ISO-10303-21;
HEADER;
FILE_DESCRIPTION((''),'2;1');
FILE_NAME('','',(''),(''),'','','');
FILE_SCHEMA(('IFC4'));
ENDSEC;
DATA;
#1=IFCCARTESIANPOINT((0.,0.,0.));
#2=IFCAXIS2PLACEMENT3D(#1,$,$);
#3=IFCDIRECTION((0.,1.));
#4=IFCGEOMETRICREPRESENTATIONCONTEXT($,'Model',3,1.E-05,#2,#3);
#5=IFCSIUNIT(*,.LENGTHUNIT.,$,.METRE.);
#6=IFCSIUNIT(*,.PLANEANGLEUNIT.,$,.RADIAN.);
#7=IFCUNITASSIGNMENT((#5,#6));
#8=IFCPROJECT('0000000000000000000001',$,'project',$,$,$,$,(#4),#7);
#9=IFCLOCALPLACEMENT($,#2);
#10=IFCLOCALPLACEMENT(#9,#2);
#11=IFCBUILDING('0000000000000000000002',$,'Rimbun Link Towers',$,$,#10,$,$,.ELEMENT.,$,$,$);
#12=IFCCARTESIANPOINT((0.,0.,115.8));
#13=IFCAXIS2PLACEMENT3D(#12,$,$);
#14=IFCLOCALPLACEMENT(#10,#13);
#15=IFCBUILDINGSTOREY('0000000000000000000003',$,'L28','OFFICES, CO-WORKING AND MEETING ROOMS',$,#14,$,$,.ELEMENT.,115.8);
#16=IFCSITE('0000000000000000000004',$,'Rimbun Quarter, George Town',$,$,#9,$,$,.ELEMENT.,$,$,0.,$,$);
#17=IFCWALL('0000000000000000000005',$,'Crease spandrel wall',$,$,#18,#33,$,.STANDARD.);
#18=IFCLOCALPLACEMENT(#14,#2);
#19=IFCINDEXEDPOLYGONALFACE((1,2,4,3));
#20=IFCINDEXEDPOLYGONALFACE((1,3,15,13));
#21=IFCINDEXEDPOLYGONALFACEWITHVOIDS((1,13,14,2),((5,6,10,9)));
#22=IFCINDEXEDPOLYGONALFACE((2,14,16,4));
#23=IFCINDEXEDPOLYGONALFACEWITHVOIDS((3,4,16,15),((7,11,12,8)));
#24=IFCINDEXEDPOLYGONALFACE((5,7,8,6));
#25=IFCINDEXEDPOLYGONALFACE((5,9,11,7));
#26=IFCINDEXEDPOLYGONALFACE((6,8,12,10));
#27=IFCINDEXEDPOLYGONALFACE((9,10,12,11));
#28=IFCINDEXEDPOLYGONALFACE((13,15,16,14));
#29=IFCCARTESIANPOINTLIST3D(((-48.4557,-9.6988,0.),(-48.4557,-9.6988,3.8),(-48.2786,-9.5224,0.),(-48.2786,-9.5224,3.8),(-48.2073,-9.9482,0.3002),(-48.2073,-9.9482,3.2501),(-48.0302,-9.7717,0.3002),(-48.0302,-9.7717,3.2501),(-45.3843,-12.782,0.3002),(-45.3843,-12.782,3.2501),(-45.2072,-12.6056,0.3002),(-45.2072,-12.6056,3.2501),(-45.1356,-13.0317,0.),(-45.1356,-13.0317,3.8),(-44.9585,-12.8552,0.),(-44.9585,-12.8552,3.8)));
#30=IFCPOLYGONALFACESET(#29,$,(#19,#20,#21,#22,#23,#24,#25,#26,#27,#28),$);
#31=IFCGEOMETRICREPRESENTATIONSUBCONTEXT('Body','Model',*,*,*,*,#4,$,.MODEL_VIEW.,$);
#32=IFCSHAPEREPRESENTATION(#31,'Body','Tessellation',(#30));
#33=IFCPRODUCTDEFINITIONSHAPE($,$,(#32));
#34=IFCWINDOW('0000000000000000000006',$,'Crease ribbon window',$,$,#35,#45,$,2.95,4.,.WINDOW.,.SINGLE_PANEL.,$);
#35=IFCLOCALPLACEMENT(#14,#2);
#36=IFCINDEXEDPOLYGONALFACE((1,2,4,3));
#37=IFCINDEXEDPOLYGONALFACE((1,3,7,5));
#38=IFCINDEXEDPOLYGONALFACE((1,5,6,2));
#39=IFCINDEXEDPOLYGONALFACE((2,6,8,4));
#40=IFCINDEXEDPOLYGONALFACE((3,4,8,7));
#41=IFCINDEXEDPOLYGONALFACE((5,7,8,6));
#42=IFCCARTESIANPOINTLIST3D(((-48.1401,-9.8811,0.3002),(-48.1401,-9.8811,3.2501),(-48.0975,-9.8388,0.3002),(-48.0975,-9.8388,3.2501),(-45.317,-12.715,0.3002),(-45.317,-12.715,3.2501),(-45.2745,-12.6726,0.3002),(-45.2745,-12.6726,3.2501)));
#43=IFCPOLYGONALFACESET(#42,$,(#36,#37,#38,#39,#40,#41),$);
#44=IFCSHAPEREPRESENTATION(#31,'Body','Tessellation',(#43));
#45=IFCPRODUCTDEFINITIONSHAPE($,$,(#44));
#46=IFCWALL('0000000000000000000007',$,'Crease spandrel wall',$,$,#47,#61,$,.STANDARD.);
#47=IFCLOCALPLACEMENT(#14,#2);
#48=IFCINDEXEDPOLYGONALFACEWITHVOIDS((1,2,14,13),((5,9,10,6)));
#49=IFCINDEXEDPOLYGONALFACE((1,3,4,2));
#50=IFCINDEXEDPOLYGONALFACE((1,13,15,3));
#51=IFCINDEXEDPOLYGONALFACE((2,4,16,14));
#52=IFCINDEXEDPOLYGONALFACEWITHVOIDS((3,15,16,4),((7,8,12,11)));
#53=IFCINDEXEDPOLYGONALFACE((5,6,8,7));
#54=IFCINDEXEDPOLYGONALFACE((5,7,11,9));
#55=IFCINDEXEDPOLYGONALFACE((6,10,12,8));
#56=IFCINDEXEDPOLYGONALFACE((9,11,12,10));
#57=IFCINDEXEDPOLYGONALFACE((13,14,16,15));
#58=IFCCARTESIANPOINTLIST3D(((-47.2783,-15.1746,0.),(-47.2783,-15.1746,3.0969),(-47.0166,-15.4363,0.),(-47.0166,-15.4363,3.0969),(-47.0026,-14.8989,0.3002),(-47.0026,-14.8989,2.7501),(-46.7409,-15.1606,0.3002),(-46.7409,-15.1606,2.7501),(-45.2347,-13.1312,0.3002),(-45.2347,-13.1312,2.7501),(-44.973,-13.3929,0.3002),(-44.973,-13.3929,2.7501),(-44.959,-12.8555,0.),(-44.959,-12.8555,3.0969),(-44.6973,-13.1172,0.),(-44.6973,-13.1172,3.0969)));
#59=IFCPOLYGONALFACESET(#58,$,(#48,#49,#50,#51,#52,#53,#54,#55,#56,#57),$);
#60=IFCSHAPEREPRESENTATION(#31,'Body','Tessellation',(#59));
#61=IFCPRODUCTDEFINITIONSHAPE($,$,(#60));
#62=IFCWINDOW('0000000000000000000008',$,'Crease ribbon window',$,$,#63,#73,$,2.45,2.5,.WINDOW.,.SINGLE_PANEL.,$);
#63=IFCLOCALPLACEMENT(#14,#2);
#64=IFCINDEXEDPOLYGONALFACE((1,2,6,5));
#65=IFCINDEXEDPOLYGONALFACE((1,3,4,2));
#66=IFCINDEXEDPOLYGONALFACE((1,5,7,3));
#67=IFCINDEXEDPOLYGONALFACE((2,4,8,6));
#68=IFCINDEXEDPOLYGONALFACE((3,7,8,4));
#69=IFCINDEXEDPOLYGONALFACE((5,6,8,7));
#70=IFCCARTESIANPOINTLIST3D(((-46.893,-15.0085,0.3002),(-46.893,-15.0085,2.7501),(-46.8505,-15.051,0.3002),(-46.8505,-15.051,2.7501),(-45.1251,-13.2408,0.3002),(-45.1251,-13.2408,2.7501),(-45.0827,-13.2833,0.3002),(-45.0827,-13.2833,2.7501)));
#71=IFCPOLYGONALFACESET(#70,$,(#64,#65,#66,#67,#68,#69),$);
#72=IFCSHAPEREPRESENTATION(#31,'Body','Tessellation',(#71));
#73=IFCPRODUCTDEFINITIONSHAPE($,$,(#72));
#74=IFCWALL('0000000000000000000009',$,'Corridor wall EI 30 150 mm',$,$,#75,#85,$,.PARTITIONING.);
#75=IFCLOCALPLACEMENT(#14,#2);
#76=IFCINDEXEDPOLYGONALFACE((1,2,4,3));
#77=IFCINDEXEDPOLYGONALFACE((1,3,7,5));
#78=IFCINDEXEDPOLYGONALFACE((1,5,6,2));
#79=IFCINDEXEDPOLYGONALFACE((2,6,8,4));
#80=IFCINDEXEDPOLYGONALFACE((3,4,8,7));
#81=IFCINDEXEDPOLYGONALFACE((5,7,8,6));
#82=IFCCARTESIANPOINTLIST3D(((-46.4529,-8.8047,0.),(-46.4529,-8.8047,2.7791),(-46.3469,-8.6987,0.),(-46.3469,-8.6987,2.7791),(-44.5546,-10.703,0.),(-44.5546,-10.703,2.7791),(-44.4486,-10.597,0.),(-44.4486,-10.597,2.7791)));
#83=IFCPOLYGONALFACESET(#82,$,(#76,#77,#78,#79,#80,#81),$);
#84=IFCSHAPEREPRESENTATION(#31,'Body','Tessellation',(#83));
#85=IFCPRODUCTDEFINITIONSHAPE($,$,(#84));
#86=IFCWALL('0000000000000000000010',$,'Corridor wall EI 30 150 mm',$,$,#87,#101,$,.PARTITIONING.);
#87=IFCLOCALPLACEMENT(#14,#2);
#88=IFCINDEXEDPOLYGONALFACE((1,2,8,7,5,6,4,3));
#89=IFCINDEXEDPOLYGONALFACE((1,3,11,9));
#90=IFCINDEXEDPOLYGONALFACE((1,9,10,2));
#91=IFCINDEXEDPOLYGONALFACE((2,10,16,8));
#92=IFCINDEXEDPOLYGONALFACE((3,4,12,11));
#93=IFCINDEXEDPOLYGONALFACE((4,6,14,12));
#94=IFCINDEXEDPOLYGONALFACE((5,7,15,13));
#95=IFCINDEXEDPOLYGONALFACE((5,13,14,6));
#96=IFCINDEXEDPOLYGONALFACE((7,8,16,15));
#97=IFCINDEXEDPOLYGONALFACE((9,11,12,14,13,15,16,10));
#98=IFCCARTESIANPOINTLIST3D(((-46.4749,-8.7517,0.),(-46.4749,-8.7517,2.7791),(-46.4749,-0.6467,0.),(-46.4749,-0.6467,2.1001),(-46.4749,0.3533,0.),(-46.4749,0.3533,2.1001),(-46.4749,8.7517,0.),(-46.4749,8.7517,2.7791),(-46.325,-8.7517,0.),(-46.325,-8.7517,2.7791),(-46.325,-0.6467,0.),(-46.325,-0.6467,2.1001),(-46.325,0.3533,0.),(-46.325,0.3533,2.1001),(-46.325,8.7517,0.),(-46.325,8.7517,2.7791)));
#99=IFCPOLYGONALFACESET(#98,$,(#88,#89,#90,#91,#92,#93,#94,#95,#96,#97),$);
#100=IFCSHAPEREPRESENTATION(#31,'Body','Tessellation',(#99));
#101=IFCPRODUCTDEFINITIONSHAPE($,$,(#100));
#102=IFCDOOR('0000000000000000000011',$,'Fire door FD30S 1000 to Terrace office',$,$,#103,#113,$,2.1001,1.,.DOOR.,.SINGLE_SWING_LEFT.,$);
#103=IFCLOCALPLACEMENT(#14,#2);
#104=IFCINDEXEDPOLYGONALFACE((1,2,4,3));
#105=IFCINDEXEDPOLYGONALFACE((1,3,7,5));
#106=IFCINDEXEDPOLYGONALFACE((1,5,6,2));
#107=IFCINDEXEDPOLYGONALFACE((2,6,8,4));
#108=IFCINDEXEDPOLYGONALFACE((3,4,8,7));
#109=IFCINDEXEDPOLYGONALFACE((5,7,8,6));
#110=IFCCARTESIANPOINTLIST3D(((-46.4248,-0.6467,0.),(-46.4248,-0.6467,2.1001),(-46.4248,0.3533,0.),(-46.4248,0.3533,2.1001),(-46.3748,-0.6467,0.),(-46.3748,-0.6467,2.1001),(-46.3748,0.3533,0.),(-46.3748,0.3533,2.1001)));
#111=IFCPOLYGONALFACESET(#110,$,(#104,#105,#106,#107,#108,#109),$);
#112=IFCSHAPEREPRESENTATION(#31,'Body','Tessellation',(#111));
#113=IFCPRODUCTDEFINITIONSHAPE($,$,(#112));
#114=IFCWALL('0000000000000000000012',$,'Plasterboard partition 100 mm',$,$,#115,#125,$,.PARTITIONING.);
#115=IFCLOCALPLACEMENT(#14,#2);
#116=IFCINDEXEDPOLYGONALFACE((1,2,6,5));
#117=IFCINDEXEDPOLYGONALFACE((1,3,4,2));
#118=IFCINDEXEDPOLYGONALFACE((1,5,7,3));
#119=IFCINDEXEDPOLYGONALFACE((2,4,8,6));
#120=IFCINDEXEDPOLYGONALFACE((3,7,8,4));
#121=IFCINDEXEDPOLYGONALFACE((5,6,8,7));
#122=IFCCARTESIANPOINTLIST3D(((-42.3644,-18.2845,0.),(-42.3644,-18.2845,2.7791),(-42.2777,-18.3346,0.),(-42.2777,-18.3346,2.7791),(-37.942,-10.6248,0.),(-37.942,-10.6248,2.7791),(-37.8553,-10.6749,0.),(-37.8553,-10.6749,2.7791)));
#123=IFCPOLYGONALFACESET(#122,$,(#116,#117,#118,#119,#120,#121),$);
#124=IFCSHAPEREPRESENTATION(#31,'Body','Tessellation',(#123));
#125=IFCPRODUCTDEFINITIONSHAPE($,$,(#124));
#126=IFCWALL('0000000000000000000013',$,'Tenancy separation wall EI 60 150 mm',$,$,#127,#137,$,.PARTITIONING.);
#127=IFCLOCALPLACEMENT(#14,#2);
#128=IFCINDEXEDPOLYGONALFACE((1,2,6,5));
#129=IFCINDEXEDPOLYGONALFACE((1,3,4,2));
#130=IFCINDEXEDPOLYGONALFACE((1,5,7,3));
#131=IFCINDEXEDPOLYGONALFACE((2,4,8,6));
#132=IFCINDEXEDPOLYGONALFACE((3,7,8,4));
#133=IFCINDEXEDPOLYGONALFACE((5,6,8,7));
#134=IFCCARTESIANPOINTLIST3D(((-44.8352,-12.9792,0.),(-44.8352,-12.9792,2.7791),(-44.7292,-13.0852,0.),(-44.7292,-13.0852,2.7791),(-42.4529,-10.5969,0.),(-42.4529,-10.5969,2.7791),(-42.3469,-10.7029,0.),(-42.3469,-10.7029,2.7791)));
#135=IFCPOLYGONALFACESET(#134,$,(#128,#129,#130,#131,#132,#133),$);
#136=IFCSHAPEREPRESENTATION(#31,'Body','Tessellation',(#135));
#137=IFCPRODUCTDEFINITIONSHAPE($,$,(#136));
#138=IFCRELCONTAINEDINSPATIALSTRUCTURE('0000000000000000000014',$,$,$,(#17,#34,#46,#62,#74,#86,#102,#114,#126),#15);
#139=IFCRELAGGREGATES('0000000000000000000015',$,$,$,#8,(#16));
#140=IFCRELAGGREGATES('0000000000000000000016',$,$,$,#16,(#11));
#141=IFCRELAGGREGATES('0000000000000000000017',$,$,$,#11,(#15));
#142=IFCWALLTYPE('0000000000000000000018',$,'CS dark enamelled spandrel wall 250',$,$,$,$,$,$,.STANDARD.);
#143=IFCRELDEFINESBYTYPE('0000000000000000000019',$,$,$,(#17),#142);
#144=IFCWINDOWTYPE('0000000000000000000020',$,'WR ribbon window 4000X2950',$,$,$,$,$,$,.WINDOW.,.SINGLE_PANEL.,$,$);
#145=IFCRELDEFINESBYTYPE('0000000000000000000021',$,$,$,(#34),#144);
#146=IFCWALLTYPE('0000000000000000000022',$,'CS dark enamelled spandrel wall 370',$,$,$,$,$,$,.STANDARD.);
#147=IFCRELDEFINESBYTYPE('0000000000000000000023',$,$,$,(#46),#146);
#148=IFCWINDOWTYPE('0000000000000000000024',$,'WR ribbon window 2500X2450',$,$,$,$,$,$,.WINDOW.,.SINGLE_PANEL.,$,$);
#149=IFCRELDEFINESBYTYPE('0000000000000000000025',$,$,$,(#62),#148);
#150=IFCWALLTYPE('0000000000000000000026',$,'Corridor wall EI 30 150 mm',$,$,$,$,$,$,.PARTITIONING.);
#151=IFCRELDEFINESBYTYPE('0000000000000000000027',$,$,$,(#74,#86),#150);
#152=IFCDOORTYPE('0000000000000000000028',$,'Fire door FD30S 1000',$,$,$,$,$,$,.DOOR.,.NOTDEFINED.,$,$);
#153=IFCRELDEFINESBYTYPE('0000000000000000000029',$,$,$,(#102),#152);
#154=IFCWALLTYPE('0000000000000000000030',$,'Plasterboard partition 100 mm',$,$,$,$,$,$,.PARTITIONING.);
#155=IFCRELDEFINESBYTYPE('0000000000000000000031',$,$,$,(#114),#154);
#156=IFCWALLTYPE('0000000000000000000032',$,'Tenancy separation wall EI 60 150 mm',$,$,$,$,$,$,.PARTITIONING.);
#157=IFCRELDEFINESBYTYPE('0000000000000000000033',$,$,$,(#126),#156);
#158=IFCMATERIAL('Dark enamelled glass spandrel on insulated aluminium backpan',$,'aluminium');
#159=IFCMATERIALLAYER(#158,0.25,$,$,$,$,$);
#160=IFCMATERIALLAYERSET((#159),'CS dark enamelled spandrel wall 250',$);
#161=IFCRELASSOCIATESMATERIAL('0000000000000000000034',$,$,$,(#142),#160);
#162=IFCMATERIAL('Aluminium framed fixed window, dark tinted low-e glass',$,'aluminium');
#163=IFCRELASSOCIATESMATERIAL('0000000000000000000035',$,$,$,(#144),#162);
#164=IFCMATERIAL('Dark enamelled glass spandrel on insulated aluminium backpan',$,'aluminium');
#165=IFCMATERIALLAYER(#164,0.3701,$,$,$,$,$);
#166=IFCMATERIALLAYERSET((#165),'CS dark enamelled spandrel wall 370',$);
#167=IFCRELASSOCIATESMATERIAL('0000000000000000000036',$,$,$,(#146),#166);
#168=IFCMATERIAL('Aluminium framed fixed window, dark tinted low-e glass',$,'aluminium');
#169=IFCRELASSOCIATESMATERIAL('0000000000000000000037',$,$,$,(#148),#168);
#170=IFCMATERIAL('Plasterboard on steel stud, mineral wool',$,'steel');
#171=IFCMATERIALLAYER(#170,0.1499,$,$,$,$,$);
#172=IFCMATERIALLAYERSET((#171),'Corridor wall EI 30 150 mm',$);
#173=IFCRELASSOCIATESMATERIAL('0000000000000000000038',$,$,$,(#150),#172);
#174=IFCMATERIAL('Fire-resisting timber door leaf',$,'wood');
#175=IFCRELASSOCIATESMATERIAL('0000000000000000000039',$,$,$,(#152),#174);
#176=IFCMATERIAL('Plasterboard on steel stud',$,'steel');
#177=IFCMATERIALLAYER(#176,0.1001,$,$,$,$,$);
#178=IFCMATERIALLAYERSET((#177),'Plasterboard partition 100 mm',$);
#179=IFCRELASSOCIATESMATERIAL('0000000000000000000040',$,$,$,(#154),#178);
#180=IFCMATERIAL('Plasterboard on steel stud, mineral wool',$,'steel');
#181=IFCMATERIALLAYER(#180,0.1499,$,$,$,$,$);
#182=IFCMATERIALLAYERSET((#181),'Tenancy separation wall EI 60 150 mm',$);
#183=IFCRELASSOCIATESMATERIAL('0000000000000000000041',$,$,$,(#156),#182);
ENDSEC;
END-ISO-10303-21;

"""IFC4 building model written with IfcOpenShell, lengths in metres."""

from ifc_helpers import new_model, si_unit, direction, frame, frame_2d, origin, place, context, subcontext, project, spatial, rectangle, extrude, material, layer, layer_set, type_object, element, fill, save


model = new_model("IFC4")

# Units and contexts
model_context = context("Model", 3, precision=1e-05, world=origin(), true_north=direction((0.0, 1.0)))
body_context = subcontext(model_context, "Body", "Model", "MODEL_VIEW")
ifc_project = project(units=[si_unit("LENGTHUNIT", "METRE"), si_unit("PLANEANGLEUNIT", "RADIAN")], contexts=[model_context])

# Site, building, storey
site_placement = place(None, origin())
site = spatial("IfcSite", under=ifc_project, at=site_placement, Name="Rimbun Quarter, George Town", CompositionType="ELEMENT", RefElevation=0.0)
building_placement = place(site_placement, origin())
building = spatial("IfcBuilding", under=site, at=building_placement, Name="Rimbun Link Towers", CompositionType="ELEMENT")
storey_placement = place(building_placement, frame((0.0, 0.0, 115.8)))
storey = spatial("IfcBuildingStorey", under=building, at=storey_placement, Name="L28", Description="OFFICES, CO-WORKING AND MEETING ROOMS", CompositionType="ELEMENT", Elevation=115.8)

# Walls, openings, windows
ifc_material_1 = material(Name="Dark enamelled glass spandrel on insulated aluminium backpan", Category="aluminium")
ifc_layer_1 = layer(ifc_material_1, 0.25)
ifc_layer_set_1 = layer_set([ifc_layer_1], Name="CS dark enamelled spandrel wall 250")
wall_type_1 = type_object("IfcWallType", Name="CS dark enamelled spandrel wall 250", PredefinedType="STANDARD", material=ifc_layer_set_1)
wall_1_placement = place(storey_placement, frame((-45.0471, -12.9434, 0.0), z_axis=(0.0, 0.0, 1.0), x_axis=(-0.705756, 0.708455, 0.0)))
wall_1 = element("IfcWall", 1, at=wall_1_placement, inside=storey, type_object=wall_type_1, Name="Crease spandrel wall", PredefinedType="STANDARD", context=body_context, shape_type="SweptSolid", body=[
    extrude(rectangle(XDim=4.7043, YDim=0.25, at=frame_2d((2.3521, 0.0))), origin(), (0.0, 0.0, 1.0), 3.8),
])
opening_1_placement = place(wall_1_placement, frame((0.3523, 0.0, 0.3)))
opening_1 = element("IfcOpeningElement", 2, at=opening_1_placement, cuts=wall_1, PredefinedType="OPENING", context=body_context, shape_type="SweptSolid", body=[
    extrude(rectangle(XDim=4.0, YDim=2.95, at=frame_2d((2.0, 1.4751))), frame((0.0, 0.135, 0.0), z_axis=(0.0, -1.0, 0.0), x_axis=(1.0, 0.0, 0.0)), (0.0, 0.0, 1.0), 0.27),
])
ifc_material_2 = material(Name="Aluminium framed fixed window, dark tinted low-e glass", Category="aluminium")
window_type_1 = type_object("IfcWindowType", Name="WR ribbon window 4000X2950", PartitioningType="SINGLE_PANEL", PredefinedType="WINDOW", material=ifc_material_2)
window_1_placement = place(opening_1_placement, origin())
window_1 = element("IfcWindow", 3, at=window_1_placement, inside=storey, type_object=window_type_1, Name="Crease ribbon window", OverallHeight=2.95, OverallWidth=4.0, PartitioningType="SINGLE_PANEL", PredefinedType="WINDOW", context=body_context, shape_type="SweptSolid", body=[
    extrude(rectangle(XDim=4.0, YDim=2.95, at=frame_2d((2.0, 1.4751))), frame((0.0, 0.03, 0.0), z_axis=(0.0, -1.0, 0.0), x_axis=(1.0, 0.0, 0.0)), (0.0, 0.0, 1.0), 0.0601),
])
fill(opening_1, window_1)
ifc_material_3 = material(Name="Dark enamelled glass spandrel on insulated aluminium backpan", Category="aluminium")
ifc_layer_2 = layer(ifc_material_3, 0.3701)
ifc_layer_set_2 = layer_set([ifc_layer_2], Name="CS dark enamelled spandrel wall 370")
wall_type_2 = type_object("IfcWallType", Name="CS dark enamelled spandrel wall 370", PredefinedType="STANDARD", material=ifc_layer_set_2)
wall_2_placement = place(storey_placement, frame((-47.1475, -15.3054, 0.0), z_axis=(0.0, 0.0, 1.0), x_axis=(0.707144, 0.70707, 0.0)))
wall_2 = element("IfcWall", 4, at=wall_2_placement, inside=storey, type_object=wall_type_2, Name="Crease spandrel wall", PredefinedType="STANDARD", context=body_context, shape_type="SweptSolid", body=[
    extrude(rectangle(XDim=3.2798, YDim=0.3701, at=frame_2d((1.6399, 0.0))), origin(), (0.0, 0.0, 1.0), 3.0969),
])
opening_2_placement = place(wall_2_placement, frame((0.3899, 0.0, 0.3)))
opening_2 = element("IfcOpeningElement", 5, at=opening_2_placement, cuts=wall_2, PredefinedType="OPENING", context=body_context, shape_type="SweptSolid", body=[
    extrude(rectangle(XDim=2.5, YDim=2.45, at=frame_2d((1.25, 1.2251))), frame((0.0, 0.1951, 0.0), z_axis=(0.0, -1.0, 0.0), x_axis=(1.0, 0.0, 0.0)), (0.0, 0.0, 1.0), 0.3901),
])
ifc_material_4 = material(Name="Aluminium framed fixed window, dark tinted low-e glass", Category="aluminium")
window_type_2 = type_object("IfcWindowType", Name="WR ribbon window 2500X2450", PartitioningType="SINGLE_PANEL", PredefinedType="WINDOW", material=ifc_material_4)
window_2_placement = place(opening_2_placement, origin())
window_2 = element("IfcWindow", 6, at=window_2_placement, inside=storey, type_object=window_type_2, Name="Crease ribbon window", OverallHeight=2.45, OverallWidth=2.5, PartitioningType="SINGLE_PANEL", PredefinedType="WINDOW", context=body_context, shape_type="SweptSolid", body=[
    extrude(rectangle(XDim=2.5, YDim=2.45, at=frame_2d((1.25, 1.2251))), frame((0.0, 0.03, 0.0), z_axis=(0.0, -1.0, 0.0), x_axis=(1.0, 0.0, 0.0)), (0.0, 0.0, 1.0), 0.0601),
])
fill(opening_2, window_2)

# Wall
ifc_material_5 = material(Name="Plasterboard on steel stud, mineral wool", Category="steel")
ifc_layer_3 = layer(ifc_material_5, 0.1499)
ifc_layer_set_3 = layer_set([ifc_layer_3], Name="Corridor wall EI 30 150 mm")
wall_type_3 = type_object("IfcWallType", Name="Corridor wall EI 30 150 mm", PredefinedType="PARTITIONING", material=ifc_layer_set_3)
wall_3_placement = place(storey_placement, frame((-46.3999, -8.7517, 0.0), z_axis=(0.0, 0.0, 1.0), x_axis=(0.707107, -0.707107, 0.0)))
element("IfcWall", 7, at=wall_3_placement, inside=storey, type_object=wall_type_3, Name="Corridor wall EI 30 150 mm", PredefinedType="PARTITIONING", context=body_context, shape_type="SweptSolid", body=[
    extrude(rectangle(XDim=2.6846, YDim=0.1499, at=frame_2d((1.3423, 0.0))), origin(), (0.0, 0.0, 1.0), 2.7791),
])

# Wall, opening, door
wall_4_placement = place(storey_placement, frame((-46.3999, -8.7517, 0.0), z_axis=(0.0, 0.0, 1.0), x_axis=(0.0, 1.0, 0.0)))
wall_4 = element("IfcWall", 8, at=wall_4_placement, inside=storey, type_object=wall_type_3, Name="Corridor wall EI 30 150 mm", PredefinedType="PARTITIONING", context=body_context, shape_type="SweptSolid", body=[
    extrude(rectangle(XDim=17.5034, YDim=0.1499, at=frame_2d((8.7517, 0.0))), origin(), (0.0, 0.0, 1.0), 2.7791),
])
opening_3_placement = place(wall_4_placement, frame((8.105, 0.0, 0.0)))
opening_3 = element("IfcOpeningElement", 9, at=opening_3_placement, cuts=wall_4, PredefinedType="OPENING", context=body_context, shape_type="SweptSolid", body=[
    extrude(rectangle(XDim=1.0, YDim=2.1001, at=frame_2d((0.5, 1.05))), frame((0.0, 0.085, 0.0), z_axis=(0.0, -1.0, 0.0), x_axis=(1.0, 0.0, 0.0)), (0.0, 0.0, 1.0), 0.1699),
])
ifc_material_6 = material(Name="Fire-resisting timber door leaf", Category="wood")
door_type = type_object("IfcDoorType", Name="Fire door FD30S 1000", OperationType="NOTDEFINED", PredefinedType="DOOR", material=ifc_material_6)
door_placement = place(opening_3_placement, origin())
door = element("IfcDoor", 10, at=door_placement, inside=storey, type_object=door_type, Name="Fire door FD30S 1000 to Terrace office", OperationType="SINGLE_SWING_LEFT", OverallHeight=2.1001, OverallWidth=1.0, PredefinedType="DOOR", context=body_context, shape_type="SweptSolid", body=[
    extrude(rectangle(XDim=1.0, YDim=2.1001, at=frame_2d((0.5, 1.05))), frame((0.0, 0.0249, 0.0), z_axis=(0.0, -1.0, 0.0), x_axis=(1.0, 0.0, 0.0)), (0.0, 0.0, 1.0), 0.05),
])
fill(opening_3, door)

# Walls
ifc_material_7 = material(Name="Plasterboard on steel stud", Category="steel")
ifc_layer_4 = layer(ifc_material_7, 0.1001)
ifc_layer_set_4 = layer_set([ifc_layer_4], Name="Plasterboard partition 100 mm")
wall_type_4 = type_object("IfcWallType", Name="Plasterboard partition 100 mm", PredefinedType="PARTITIONING", material=ifc_layer_set_4)
wall_5_placement = place(storey_placement, frame((-42.321, -18.3096, 0.0), z_axis=(0.0, 0.0, 1.0), x_axis=(0.500004, 0.866023, 0.0)))
element("IfcWall", 11, at=wall_5_placement, inside=storey, type_object=wall_type_4, Name="Plasterboard partition 100 mm", PredefinedType="PARTITIONING", context=body_context, shape_type="SweptSolid", body=[
    extrude(rectangle(XDim=8.8447, YDim=0.1001, at=frame_2d((4.4224, 0.0))), origin(), (0.0, 0.0, 1.0), 2.7791),
])
ifc_material_8 = material(Name="Plasterboard on steel stud, mineral wool", Category="steel")
ifc_layer_5 = layer(ifc_material_8, 0.1499)
ifc_layer_set_5 = layer_set([ifc_layer_5], Name="Tenancy separation wall EI 60 150 mm")
wall_type_5 = type_object("IfcWallType", Name="Tenancy separation wall EI 60 150 mm", PredefinedType="PARTITIONING", material=ifc_layer_set_5)
wall_6_placement = place(storey_placement, frame((-42.3999, -10.6499, 0.0), z_axis=(0.0, 0.0, 1.0), x_axis=(-0.707107, -0.707107, 0.0)))
element("IfcWall", 12, at=wall_6_placement, inside=storey, type_object=wall_type_5, Name="Tenancy separation wall EI 60 150 mm", PredefinedType="PARTITIONING", context=body_context, shape_type="SweptSolid", body=[
    extrude(rectangle(XDim=3.3691, YDim=0.1499, at=frame_2d((1.6846, 0.0))), origin(), (0.0, 0.0, 1.0), 2.7791),
])

save(model, "model.ifc")
